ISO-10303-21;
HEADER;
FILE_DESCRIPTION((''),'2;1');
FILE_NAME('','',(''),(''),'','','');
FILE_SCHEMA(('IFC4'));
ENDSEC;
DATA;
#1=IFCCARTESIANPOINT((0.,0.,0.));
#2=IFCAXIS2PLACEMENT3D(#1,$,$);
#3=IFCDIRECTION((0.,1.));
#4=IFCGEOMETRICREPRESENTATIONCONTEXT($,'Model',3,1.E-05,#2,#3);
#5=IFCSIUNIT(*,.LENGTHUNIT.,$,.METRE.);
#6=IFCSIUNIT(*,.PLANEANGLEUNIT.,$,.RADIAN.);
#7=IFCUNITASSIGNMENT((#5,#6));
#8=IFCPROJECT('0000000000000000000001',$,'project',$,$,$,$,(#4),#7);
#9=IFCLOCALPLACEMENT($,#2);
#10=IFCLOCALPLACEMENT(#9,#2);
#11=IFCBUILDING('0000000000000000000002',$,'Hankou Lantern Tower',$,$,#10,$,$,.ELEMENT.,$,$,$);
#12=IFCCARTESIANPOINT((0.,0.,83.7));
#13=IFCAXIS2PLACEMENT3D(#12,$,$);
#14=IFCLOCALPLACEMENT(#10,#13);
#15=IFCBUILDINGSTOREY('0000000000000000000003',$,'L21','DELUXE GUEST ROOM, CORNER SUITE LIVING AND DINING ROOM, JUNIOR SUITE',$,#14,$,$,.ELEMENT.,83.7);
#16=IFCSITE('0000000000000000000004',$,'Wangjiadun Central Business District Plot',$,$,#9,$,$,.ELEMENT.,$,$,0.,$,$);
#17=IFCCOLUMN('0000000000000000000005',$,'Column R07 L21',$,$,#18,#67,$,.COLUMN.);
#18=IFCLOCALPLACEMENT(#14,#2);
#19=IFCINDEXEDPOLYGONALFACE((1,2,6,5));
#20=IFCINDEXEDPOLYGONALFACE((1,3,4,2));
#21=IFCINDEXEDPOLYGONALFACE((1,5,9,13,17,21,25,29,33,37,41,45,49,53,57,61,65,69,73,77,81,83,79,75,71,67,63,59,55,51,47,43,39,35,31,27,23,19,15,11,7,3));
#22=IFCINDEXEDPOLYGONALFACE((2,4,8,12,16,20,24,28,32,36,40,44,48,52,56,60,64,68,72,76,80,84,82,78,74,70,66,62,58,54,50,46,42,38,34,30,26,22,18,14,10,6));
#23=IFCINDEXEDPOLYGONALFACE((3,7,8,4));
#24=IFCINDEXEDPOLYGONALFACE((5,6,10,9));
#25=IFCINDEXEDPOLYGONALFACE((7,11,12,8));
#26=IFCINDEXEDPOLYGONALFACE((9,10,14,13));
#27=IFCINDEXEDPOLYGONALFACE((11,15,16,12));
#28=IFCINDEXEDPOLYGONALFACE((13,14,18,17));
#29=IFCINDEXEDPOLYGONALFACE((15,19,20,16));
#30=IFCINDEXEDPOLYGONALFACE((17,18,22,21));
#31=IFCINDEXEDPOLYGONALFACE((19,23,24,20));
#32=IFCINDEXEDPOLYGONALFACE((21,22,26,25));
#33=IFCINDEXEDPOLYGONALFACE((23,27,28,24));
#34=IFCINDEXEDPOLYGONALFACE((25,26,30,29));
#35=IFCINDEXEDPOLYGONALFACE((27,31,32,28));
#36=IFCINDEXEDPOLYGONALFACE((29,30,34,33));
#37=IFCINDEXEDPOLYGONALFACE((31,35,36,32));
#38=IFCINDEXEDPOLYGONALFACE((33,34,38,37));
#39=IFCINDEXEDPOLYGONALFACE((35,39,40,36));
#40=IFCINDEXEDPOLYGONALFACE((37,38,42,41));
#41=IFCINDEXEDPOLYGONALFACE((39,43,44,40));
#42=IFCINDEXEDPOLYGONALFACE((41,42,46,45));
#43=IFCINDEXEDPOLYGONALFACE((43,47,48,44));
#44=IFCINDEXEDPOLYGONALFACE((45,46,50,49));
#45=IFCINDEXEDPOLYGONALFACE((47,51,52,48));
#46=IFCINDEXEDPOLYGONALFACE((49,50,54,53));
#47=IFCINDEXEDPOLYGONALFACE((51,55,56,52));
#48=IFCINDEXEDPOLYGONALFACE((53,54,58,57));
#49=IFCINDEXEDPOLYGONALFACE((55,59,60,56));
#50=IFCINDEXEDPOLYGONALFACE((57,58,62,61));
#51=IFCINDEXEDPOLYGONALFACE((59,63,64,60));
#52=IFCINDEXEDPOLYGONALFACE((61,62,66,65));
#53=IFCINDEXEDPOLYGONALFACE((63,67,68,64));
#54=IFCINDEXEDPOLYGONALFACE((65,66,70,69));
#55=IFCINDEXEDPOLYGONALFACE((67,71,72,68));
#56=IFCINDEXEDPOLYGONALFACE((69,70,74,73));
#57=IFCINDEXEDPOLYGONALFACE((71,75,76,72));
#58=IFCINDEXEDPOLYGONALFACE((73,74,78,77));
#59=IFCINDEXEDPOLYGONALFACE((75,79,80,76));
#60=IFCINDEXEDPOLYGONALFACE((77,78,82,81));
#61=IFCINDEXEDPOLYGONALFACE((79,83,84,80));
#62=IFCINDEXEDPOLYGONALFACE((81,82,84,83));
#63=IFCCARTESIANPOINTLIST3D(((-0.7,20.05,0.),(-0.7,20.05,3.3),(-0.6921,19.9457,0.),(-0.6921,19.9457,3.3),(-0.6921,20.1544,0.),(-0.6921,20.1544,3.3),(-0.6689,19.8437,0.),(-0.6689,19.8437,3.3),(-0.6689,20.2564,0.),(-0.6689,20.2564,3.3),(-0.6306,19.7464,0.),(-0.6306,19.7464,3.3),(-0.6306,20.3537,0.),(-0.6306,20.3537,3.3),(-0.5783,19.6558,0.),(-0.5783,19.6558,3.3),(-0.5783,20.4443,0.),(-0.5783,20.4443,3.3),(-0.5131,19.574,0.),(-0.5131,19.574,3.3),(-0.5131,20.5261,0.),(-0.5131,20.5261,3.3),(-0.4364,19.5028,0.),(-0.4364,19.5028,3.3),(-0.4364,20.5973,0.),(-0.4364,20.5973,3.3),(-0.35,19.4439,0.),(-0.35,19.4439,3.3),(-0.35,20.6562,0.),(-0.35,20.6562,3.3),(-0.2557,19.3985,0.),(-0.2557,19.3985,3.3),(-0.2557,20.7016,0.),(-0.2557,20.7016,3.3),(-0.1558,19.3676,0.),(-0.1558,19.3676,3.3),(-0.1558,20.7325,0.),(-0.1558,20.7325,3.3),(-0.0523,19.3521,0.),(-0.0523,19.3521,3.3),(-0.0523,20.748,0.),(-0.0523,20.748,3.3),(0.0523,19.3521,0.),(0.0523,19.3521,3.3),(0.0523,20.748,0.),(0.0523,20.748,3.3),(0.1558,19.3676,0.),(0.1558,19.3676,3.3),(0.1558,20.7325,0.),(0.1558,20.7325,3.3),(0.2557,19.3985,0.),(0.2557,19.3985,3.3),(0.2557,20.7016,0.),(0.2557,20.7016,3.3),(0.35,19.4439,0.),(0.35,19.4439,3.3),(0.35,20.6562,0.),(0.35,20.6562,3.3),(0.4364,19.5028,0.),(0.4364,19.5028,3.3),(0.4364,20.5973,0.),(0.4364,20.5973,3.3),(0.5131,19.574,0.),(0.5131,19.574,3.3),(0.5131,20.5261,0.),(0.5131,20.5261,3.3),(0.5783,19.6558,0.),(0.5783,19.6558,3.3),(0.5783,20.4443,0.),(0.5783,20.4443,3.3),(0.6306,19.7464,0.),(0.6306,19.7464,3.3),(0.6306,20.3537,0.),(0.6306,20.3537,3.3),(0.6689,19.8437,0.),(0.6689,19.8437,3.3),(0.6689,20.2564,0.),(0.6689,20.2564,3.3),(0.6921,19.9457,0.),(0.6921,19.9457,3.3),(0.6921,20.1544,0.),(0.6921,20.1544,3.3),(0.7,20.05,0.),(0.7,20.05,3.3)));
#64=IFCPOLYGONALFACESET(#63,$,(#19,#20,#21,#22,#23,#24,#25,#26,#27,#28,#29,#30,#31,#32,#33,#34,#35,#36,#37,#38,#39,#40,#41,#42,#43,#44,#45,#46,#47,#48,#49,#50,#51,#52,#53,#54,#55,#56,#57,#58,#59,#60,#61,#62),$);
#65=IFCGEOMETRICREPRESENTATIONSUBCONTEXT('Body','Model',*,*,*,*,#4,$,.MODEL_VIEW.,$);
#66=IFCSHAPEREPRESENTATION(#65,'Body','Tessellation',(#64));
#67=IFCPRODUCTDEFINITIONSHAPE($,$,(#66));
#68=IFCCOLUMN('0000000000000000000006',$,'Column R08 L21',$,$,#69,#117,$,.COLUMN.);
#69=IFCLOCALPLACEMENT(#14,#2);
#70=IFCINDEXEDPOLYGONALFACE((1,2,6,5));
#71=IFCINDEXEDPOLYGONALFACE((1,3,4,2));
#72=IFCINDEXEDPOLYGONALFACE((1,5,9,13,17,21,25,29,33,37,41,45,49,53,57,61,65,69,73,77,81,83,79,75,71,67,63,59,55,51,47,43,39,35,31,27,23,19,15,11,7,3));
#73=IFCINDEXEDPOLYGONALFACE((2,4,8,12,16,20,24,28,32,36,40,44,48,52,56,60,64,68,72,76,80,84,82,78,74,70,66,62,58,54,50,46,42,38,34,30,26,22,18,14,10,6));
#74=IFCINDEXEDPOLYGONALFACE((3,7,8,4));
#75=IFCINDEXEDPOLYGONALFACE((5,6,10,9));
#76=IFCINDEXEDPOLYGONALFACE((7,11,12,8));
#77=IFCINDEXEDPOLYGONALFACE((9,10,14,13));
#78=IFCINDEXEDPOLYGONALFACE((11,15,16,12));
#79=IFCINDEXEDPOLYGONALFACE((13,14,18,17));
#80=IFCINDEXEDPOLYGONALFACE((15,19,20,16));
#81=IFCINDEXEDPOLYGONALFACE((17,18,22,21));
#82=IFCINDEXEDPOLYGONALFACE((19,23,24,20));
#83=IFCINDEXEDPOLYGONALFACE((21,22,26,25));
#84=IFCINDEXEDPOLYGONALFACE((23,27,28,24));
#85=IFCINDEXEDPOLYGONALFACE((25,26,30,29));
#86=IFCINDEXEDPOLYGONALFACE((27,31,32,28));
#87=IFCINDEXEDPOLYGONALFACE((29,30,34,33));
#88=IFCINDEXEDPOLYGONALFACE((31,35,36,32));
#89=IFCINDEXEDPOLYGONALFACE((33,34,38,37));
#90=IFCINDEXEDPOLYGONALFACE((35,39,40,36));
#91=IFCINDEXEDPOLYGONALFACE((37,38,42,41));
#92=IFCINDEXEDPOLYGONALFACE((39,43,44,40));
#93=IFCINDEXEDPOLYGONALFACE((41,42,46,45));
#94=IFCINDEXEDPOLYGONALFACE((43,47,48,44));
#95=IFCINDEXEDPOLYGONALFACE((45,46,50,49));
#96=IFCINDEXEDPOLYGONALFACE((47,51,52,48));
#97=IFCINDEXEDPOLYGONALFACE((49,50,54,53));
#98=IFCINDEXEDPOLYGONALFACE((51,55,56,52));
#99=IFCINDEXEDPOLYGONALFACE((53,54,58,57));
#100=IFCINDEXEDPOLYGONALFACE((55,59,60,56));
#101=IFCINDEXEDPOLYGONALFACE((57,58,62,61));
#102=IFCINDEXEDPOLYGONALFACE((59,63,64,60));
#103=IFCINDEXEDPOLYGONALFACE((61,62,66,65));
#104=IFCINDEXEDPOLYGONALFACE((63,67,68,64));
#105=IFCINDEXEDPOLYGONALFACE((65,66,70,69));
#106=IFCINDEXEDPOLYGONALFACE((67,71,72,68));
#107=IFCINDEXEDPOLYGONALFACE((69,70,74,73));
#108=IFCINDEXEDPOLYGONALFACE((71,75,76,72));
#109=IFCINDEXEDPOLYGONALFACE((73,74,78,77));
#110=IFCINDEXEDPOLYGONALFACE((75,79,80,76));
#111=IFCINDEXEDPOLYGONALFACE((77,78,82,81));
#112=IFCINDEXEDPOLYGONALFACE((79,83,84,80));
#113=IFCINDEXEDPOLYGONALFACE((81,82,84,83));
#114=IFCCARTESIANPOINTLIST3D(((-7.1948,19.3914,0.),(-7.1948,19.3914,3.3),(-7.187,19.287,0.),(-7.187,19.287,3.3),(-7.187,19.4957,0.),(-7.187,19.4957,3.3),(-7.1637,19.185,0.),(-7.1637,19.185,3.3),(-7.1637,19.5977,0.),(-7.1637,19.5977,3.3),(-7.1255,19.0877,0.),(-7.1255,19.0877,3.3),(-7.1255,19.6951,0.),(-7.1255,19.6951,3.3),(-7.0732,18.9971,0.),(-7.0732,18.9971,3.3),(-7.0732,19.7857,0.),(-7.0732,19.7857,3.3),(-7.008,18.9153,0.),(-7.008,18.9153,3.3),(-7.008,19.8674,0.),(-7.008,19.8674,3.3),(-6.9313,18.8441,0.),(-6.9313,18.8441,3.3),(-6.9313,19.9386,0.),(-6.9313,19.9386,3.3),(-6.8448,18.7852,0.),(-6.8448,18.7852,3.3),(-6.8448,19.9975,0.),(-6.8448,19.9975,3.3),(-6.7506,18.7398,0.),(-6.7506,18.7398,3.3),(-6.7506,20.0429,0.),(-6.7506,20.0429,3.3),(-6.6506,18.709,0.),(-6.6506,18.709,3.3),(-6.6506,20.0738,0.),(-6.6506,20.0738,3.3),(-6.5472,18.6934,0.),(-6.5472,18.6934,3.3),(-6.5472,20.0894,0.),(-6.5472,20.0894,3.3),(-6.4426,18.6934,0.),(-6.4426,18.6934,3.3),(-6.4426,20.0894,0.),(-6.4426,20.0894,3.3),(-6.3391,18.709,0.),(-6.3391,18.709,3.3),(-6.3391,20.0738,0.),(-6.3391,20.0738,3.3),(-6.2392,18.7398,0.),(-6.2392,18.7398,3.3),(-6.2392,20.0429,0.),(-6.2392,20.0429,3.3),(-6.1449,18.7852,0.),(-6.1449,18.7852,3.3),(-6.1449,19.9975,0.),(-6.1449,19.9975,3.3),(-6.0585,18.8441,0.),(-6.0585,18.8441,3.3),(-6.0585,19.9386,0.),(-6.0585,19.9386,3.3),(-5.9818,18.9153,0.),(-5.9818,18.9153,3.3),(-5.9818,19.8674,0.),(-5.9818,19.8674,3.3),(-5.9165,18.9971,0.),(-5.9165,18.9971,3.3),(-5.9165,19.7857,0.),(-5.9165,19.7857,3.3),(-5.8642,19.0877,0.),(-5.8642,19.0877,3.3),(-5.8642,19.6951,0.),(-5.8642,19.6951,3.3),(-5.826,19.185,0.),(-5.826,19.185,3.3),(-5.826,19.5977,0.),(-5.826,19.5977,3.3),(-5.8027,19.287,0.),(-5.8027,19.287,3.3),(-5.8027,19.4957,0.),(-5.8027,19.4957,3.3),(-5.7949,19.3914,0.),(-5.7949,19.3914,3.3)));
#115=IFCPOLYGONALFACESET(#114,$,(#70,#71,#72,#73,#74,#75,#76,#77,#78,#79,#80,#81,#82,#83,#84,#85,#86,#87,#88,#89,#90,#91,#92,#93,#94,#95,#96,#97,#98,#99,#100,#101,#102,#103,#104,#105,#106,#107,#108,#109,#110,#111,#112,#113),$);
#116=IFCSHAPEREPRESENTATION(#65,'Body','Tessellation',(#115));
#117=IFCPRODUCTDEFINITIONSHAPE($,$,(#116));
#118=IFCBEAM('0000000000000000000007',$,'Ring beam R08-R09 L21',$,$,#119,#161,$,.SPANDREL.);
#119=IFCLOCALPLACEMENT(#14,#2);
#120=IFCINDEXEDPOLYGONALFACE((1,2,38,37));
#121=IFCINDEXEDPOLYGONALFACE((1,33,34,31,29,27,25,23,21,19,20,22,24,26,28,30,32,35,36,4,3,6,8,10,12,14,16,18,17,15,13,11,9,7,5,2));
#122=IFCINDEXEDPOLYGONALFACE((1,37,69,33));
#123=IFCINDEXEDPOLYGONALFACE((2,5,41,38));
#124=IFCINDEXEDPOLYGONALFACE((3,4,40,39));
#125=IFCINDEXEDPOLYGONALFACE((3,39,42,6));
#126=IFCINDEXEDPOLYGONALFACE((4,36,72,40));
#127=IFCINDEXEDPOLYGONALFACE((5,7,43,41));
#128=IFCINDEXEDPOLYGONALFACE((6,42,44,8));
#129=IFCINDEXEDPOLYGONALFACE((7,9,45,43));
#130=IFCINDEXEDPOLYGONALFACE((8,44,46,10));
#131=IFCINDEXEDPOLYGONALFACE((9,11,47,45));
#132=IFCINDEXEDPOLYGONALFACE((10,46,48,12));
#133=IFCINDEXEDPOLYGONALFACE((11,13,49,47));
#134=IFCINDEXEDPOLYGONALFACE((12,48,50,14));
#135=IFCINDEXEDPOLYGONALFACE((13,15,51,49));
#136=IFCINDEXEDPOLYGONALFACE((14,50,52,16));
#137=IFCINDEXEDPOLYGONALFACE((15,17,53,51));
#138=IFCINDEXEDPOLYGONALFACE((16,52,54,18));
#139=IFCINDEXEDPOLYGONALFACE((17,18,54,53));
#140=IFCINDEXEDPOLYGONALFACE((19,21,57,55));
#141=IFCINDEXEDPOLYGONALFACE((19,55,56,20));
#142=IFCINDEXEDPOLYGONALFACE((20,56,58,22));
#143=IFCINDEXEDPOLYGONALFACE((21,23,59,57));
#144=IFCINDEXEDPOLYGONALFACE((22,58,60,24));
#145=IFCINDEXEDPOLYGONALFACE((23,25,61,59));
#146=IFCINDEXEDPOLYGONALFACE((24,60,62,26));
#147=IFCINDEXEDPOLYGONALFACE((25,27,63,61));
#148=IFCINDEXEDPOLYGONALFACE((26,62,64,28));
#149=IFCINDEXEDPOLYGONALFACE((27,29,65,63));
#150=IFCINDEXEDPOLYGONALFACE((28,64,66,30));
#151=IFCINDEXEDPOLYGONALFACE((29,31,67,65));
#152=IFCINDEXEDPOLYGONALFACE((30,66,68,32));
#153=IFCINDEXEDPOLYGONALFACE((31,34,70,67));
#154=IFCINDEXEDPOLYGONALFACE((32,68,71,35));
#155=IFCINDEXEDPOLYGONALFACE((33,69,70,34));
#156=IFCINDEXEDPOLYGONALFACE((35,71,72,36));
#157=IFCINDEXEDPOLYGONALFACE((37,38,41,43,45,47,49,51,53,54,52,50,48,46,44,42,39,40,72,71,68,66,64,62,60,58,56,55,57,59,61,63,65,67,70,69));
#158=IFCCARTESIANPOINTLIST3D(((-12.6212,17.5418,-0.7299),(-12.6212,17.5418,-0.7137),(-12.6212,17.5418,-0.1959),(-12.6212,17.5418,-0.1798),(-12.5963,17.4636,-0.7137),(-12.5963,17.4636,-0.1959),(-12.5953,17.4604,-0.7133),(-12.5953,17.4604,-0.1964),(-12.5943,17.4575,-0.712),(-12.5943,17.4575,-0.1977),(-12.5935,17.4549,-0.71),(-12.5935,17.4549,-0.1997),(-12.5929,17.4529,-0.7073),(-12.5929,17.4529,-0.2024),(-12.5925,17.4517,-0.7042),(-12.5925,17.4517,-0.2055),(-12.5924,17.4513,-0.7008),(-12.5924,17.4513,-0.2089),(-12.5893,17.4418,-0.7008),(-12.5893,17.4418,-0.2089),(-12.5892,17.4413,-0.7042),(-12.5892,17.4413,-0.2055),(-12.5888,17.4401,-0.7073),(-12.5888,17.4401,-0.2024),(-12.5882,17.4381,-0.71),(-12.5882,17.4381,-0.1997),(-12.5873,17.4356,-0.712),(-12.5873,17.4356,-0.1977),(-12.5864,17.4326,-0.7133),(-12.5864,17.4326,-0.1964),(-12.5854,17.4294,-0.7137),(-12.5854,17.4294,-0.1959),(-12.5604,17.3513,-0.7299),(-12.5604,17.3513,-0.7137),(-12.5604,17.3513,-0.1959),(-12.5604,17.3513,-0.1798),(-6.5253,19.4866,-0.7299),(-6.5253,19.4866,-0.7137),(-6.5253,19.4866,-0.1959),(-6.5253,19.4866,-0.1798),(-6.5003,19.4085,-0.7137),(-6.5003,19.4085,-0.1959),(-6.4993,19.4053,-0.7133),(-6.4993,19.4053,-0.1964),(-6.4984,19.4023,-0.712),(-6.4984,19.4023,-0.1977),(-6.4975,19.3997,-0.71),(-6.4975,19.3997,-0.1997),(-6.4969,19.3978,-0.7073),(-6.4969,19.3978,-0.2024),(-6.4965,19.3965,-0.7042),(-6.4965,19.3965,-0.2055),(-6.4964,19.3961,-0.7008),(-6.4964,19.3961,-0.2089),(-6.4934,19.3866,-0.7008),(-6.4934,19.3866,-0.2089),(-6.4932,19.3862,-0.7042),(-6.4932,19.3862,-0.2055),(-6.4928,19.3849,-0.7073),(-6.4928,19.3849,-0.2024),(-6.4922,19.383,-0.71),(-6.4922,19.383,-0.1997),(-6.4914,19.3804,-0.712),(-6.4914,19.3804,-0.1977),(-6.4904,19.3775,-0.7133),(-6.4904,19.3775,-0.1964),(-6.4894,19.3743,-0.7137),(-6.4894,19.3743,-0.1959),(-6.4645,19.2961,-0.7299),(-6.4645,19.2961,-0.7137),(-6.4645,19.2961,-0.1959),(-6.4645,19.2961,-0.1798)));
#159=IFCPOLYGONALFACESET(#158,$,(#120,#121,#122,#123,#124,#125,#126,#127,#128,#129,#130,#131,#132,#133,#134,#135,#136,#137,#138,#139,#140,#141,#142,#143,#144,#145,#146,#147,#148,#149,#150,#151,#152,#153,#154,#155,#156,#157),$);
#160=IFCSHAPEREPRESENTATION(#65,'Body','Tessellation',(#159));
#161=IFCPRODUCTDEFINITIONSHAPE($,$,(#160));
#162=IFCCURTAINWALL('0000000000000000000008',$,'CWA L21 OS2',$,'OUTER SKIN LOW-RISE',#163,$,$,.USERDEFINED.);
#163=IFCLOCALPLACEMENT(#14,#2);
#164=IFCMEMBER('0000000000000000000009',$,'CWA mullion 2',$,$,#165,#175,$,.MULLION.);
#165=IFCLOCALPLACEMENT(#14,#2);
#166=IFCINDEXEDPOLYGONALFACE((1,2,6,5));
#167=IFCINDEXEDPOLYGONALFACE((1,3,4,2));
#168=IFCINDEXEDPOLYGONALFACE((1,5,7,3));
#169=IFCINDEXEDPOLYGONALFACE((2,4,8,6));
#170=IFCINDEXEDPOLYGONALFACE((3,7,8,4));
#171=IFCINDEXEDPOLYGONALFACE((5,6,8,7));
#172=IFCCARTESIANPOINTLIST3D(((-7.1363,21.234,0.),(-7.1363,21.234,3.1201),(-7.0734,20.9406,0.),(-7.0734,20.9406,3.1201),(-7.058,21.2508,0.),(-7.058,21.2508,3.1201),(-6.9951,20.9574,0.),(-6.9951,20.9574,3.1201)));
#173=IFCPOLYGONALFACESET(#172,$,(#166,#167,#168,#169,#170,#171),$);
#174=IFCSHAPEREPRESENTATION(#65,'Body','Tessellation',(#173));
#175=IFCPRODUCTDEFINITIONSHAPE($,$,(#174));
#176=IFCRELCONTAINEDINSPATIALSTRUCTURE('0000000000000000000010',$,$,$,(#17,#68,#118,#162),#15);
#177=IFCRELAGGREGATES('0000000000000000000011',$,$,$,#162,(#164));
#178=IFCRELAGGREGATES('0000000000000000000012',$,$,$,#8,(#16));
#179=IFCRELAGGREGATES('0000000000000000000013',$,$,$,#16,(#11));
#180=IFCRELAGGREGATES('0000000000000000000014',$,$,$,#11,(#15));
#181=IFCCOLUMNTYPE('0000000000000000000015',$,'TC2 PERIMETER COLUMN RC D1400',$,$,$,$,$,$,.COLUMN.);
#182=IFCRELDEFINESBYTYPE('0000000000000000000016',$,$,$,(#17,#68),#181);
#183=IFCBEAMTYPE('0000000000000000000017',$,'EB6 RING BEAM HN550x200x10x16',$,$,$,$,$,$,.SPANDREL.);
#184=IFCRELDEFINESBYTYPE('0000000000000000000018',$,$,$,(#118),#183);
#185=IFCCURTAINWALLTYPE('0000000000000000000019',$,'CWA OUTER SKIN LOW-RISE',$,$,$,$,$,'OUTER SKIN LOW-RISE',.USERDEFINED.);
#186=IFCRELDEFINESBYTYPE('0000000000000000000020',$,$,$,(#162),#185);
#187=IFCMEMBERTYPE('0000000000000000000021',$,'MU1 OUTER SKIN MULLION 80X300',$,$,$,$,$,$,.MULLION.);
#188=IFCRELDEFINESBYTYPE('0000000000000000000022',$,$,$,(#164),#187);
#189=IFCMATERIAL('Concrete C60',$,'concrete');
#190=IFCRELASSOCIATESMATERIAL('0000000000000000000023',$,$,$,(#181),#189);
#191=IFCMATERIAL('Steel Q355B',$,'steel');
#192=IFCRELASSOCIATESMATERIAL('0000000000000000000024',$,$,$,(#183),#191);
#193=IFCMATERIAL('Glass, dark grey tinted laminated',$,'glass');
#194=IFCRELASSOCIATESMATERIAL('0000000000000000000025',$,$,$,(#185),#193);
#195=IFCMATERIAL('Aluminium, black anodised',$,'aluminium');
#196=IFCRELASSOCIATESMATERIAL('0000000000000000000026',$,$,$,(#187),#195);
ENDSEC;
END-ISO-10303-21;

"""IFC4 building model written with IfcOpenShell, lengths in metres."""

from ifc_helpers import new_model, si_unit, direction, frame, origin, origin_2d, place, context, subcontext, project, spatial, rectangle, circle, i_section, extrude, material, material_profile, profile_set, type_object, element, aggregate, save


model = new_model("IFC4")

# Units and contexts
model_context = context("Model", 3, precision=1e-05, world=origin(), true_north=direction((0.0, 1.0)))
body_context = subcontext(model_context, "Body", "Model", "MODEL_VIEW")
ifc_project = project(units=[si_unit("LENGTHUNIT", "METRE"), si_unit("PLANEANGLEUNIT", "RADIAN")], contexts=[model_context])

# Site, building, storey
site_placement = place(None, origin())
site = spatial("IfcSite", under=ifc_project, at=site_placement, Name="Wangjiadun Central Business District Plot", CompositionType="ELEMENT", RefElevation=0.0)
building_placement = place(site_placement, origin())
building = spatial("IfcBuilding", under=site, at=building_placement, Name="Hankou Lantern Tower", CompositionType="ELEMENT")
storey_placement = place(building_placement, frame((0.0, 0.0, 83.7)))
storey = spatial("IfcBuildingStorey", under=building, at=storey_placement, Name="L21", Description="DELUXE GUEST ROOM, CORNER SUITE LIVING AND DINING ROOM, JUNIOR SUITE", CompositionType="ELEMENT", Elevation=83.7)

# Columns
ifc_material_1 = material(Name="Concrete C60", Category="concrete")
ifc_material_profile_1 = material_profile(ifc_material_1, circle(Radius=0.7, at=origin_2d()), Name="RC D1400")
ifc_profile_set_1 = profile_set([ifc_material_profile_1], Name="Concrete C60")
column_type = type_object("IfcColumnType", Name="TC2 PERIMETER COLUMN RC D1400", PredefinedType="COLUMN", material=ifc_profile_set_1)
for number, where, z_axis, x_axis, name in (
    (1, (0.0, 20.05, 0.0), (0.0, 0.0, 1.0), (1.0, 0.0, 0.0), "Column R07 L21"),
    (2, (-6.4949, 19.3914, 0.0), (0.0, 0.0, 1.0), (1.0, 0.0, 0.0), "Column R08 L21"),
):
    element("IfcColumn", number, at=place(storey_placement, frame(where, z_axis=z_axis, x_axis=x_axis)), inside=storey, type_object=column_type, Name=name, PredefinedType="COLUMN", context=body_context, shape_type="SweptSolid", body=[
        extrude(circle(Radius=0.7, at=origin_2d()), origin(), (0.0, 0.0, 1.0), 3.3),
    ])

# Beam
ifc_material_2 = material(Name="Steel Q355B", Category="steel")
ifc_material_profile_2 = material_profile(ifc_material_2, i_section(OverallWidth=0.2, OverallDepth=0.55, WebThickness=0.01, FlangeThickness=0.0161, FilletRadius=0.0129, at=origin_2d()), Name="HN550x200x10x16")
ifc_profile_set_2 = profile_set([ifc_material_profile_2], Name="Steel Q355B")
beam_type_1 = type_object("IfcBeamType", Name="EB6 RING BEAM HN550x200x10x16", PredefinedType="SPANDREL", material=ifc_profile_set_2)
beam_1_placement = place(storey_placement, frame((-6.4949, 19.3914, -0.4548), z_axis=(-0.95269, -0.303942, 0.0), x_axis=(0.303942, -0.95269, 0.0)))
element("IfcBeam", 3, at=beam_1_placement, inside=storey, type_object=beam_type_1, Name="Ring beam R08-R09 L21", PredefinedType="SPANDREL", context=body_context, shape_type="SweptSolid", body=[
    extrude(i_section(OverallWidth=0.2, OverallDepth=0.55, WebThickness=0.01, FlangeThickness=0.0161, FilletRadius=0.0129, at=origin_2d()), origin(), (0.0, 0.0, 1.0), 6.3987),
])

# Curtain wall, member
ifc_material_3 = material(Name="Glass, dark grey tinted laminated", Category="glass")
curtain_wall_type = type_object("IfcCurtainWallType", Name="CWA OUTER SKIN LOW-RISE", ElementType="OUTER SKIN LOW-RISE", PredefinedType="USERDEFINED", material=ifc_material_3)
curtain_wall_placement = place(storey_placement, origin())
curtain_wall = element("IfcCurtainWall", 4, at=curtain_wall_placement, inside=storey, type_object=curtain_wall_type, Name="CWA L21 OS2", ObjectType="OUTER SKIN LOW-RISE", PredefinedType="USERDEFINED")
ifc_material_4 = material(Name="Aluminium, black anodised", Category="aluminium")
ifc_material_profile_3 = material_profile(ifc_material_4, rectangle(XDim=0.0801, YDim=0.3, at=origin_2d()), Name="MU1 80X300")
ifc_profile_set_3 = profile_set([ifc_material_profile_3], Name="Aluminium, black anodised")
member_type_1 = type_object("IfcMemberType", Name="MU1 OUTER SKIN MULLION 80X300", PredefinedType="MULLION", material=ifc_profile_set_3)
member_1_placement = place(storey_placement, frame((-7.0657, 21.0957, 0.0), z_axis=(0.0, 0.0, 1.0), x_axis=(-0.977788, -0.209598, 0.0)))
member_1 = element("IfcMember", 5, at=member_1_placement, type_object=member_type_1, Name="CWA mullion 2", PredefinedType="MULLION", context=body_context, shape_type="SweptSolid", body=[
    extrude(rectangle(XDim=0.0801, YDim=0.3, at=origin_2d()), origin(), (0.0, 0.0, 1.0), 3.1201),
])

aggregate(curtain_wall, [member_1])

save(model, "model.ifc")
